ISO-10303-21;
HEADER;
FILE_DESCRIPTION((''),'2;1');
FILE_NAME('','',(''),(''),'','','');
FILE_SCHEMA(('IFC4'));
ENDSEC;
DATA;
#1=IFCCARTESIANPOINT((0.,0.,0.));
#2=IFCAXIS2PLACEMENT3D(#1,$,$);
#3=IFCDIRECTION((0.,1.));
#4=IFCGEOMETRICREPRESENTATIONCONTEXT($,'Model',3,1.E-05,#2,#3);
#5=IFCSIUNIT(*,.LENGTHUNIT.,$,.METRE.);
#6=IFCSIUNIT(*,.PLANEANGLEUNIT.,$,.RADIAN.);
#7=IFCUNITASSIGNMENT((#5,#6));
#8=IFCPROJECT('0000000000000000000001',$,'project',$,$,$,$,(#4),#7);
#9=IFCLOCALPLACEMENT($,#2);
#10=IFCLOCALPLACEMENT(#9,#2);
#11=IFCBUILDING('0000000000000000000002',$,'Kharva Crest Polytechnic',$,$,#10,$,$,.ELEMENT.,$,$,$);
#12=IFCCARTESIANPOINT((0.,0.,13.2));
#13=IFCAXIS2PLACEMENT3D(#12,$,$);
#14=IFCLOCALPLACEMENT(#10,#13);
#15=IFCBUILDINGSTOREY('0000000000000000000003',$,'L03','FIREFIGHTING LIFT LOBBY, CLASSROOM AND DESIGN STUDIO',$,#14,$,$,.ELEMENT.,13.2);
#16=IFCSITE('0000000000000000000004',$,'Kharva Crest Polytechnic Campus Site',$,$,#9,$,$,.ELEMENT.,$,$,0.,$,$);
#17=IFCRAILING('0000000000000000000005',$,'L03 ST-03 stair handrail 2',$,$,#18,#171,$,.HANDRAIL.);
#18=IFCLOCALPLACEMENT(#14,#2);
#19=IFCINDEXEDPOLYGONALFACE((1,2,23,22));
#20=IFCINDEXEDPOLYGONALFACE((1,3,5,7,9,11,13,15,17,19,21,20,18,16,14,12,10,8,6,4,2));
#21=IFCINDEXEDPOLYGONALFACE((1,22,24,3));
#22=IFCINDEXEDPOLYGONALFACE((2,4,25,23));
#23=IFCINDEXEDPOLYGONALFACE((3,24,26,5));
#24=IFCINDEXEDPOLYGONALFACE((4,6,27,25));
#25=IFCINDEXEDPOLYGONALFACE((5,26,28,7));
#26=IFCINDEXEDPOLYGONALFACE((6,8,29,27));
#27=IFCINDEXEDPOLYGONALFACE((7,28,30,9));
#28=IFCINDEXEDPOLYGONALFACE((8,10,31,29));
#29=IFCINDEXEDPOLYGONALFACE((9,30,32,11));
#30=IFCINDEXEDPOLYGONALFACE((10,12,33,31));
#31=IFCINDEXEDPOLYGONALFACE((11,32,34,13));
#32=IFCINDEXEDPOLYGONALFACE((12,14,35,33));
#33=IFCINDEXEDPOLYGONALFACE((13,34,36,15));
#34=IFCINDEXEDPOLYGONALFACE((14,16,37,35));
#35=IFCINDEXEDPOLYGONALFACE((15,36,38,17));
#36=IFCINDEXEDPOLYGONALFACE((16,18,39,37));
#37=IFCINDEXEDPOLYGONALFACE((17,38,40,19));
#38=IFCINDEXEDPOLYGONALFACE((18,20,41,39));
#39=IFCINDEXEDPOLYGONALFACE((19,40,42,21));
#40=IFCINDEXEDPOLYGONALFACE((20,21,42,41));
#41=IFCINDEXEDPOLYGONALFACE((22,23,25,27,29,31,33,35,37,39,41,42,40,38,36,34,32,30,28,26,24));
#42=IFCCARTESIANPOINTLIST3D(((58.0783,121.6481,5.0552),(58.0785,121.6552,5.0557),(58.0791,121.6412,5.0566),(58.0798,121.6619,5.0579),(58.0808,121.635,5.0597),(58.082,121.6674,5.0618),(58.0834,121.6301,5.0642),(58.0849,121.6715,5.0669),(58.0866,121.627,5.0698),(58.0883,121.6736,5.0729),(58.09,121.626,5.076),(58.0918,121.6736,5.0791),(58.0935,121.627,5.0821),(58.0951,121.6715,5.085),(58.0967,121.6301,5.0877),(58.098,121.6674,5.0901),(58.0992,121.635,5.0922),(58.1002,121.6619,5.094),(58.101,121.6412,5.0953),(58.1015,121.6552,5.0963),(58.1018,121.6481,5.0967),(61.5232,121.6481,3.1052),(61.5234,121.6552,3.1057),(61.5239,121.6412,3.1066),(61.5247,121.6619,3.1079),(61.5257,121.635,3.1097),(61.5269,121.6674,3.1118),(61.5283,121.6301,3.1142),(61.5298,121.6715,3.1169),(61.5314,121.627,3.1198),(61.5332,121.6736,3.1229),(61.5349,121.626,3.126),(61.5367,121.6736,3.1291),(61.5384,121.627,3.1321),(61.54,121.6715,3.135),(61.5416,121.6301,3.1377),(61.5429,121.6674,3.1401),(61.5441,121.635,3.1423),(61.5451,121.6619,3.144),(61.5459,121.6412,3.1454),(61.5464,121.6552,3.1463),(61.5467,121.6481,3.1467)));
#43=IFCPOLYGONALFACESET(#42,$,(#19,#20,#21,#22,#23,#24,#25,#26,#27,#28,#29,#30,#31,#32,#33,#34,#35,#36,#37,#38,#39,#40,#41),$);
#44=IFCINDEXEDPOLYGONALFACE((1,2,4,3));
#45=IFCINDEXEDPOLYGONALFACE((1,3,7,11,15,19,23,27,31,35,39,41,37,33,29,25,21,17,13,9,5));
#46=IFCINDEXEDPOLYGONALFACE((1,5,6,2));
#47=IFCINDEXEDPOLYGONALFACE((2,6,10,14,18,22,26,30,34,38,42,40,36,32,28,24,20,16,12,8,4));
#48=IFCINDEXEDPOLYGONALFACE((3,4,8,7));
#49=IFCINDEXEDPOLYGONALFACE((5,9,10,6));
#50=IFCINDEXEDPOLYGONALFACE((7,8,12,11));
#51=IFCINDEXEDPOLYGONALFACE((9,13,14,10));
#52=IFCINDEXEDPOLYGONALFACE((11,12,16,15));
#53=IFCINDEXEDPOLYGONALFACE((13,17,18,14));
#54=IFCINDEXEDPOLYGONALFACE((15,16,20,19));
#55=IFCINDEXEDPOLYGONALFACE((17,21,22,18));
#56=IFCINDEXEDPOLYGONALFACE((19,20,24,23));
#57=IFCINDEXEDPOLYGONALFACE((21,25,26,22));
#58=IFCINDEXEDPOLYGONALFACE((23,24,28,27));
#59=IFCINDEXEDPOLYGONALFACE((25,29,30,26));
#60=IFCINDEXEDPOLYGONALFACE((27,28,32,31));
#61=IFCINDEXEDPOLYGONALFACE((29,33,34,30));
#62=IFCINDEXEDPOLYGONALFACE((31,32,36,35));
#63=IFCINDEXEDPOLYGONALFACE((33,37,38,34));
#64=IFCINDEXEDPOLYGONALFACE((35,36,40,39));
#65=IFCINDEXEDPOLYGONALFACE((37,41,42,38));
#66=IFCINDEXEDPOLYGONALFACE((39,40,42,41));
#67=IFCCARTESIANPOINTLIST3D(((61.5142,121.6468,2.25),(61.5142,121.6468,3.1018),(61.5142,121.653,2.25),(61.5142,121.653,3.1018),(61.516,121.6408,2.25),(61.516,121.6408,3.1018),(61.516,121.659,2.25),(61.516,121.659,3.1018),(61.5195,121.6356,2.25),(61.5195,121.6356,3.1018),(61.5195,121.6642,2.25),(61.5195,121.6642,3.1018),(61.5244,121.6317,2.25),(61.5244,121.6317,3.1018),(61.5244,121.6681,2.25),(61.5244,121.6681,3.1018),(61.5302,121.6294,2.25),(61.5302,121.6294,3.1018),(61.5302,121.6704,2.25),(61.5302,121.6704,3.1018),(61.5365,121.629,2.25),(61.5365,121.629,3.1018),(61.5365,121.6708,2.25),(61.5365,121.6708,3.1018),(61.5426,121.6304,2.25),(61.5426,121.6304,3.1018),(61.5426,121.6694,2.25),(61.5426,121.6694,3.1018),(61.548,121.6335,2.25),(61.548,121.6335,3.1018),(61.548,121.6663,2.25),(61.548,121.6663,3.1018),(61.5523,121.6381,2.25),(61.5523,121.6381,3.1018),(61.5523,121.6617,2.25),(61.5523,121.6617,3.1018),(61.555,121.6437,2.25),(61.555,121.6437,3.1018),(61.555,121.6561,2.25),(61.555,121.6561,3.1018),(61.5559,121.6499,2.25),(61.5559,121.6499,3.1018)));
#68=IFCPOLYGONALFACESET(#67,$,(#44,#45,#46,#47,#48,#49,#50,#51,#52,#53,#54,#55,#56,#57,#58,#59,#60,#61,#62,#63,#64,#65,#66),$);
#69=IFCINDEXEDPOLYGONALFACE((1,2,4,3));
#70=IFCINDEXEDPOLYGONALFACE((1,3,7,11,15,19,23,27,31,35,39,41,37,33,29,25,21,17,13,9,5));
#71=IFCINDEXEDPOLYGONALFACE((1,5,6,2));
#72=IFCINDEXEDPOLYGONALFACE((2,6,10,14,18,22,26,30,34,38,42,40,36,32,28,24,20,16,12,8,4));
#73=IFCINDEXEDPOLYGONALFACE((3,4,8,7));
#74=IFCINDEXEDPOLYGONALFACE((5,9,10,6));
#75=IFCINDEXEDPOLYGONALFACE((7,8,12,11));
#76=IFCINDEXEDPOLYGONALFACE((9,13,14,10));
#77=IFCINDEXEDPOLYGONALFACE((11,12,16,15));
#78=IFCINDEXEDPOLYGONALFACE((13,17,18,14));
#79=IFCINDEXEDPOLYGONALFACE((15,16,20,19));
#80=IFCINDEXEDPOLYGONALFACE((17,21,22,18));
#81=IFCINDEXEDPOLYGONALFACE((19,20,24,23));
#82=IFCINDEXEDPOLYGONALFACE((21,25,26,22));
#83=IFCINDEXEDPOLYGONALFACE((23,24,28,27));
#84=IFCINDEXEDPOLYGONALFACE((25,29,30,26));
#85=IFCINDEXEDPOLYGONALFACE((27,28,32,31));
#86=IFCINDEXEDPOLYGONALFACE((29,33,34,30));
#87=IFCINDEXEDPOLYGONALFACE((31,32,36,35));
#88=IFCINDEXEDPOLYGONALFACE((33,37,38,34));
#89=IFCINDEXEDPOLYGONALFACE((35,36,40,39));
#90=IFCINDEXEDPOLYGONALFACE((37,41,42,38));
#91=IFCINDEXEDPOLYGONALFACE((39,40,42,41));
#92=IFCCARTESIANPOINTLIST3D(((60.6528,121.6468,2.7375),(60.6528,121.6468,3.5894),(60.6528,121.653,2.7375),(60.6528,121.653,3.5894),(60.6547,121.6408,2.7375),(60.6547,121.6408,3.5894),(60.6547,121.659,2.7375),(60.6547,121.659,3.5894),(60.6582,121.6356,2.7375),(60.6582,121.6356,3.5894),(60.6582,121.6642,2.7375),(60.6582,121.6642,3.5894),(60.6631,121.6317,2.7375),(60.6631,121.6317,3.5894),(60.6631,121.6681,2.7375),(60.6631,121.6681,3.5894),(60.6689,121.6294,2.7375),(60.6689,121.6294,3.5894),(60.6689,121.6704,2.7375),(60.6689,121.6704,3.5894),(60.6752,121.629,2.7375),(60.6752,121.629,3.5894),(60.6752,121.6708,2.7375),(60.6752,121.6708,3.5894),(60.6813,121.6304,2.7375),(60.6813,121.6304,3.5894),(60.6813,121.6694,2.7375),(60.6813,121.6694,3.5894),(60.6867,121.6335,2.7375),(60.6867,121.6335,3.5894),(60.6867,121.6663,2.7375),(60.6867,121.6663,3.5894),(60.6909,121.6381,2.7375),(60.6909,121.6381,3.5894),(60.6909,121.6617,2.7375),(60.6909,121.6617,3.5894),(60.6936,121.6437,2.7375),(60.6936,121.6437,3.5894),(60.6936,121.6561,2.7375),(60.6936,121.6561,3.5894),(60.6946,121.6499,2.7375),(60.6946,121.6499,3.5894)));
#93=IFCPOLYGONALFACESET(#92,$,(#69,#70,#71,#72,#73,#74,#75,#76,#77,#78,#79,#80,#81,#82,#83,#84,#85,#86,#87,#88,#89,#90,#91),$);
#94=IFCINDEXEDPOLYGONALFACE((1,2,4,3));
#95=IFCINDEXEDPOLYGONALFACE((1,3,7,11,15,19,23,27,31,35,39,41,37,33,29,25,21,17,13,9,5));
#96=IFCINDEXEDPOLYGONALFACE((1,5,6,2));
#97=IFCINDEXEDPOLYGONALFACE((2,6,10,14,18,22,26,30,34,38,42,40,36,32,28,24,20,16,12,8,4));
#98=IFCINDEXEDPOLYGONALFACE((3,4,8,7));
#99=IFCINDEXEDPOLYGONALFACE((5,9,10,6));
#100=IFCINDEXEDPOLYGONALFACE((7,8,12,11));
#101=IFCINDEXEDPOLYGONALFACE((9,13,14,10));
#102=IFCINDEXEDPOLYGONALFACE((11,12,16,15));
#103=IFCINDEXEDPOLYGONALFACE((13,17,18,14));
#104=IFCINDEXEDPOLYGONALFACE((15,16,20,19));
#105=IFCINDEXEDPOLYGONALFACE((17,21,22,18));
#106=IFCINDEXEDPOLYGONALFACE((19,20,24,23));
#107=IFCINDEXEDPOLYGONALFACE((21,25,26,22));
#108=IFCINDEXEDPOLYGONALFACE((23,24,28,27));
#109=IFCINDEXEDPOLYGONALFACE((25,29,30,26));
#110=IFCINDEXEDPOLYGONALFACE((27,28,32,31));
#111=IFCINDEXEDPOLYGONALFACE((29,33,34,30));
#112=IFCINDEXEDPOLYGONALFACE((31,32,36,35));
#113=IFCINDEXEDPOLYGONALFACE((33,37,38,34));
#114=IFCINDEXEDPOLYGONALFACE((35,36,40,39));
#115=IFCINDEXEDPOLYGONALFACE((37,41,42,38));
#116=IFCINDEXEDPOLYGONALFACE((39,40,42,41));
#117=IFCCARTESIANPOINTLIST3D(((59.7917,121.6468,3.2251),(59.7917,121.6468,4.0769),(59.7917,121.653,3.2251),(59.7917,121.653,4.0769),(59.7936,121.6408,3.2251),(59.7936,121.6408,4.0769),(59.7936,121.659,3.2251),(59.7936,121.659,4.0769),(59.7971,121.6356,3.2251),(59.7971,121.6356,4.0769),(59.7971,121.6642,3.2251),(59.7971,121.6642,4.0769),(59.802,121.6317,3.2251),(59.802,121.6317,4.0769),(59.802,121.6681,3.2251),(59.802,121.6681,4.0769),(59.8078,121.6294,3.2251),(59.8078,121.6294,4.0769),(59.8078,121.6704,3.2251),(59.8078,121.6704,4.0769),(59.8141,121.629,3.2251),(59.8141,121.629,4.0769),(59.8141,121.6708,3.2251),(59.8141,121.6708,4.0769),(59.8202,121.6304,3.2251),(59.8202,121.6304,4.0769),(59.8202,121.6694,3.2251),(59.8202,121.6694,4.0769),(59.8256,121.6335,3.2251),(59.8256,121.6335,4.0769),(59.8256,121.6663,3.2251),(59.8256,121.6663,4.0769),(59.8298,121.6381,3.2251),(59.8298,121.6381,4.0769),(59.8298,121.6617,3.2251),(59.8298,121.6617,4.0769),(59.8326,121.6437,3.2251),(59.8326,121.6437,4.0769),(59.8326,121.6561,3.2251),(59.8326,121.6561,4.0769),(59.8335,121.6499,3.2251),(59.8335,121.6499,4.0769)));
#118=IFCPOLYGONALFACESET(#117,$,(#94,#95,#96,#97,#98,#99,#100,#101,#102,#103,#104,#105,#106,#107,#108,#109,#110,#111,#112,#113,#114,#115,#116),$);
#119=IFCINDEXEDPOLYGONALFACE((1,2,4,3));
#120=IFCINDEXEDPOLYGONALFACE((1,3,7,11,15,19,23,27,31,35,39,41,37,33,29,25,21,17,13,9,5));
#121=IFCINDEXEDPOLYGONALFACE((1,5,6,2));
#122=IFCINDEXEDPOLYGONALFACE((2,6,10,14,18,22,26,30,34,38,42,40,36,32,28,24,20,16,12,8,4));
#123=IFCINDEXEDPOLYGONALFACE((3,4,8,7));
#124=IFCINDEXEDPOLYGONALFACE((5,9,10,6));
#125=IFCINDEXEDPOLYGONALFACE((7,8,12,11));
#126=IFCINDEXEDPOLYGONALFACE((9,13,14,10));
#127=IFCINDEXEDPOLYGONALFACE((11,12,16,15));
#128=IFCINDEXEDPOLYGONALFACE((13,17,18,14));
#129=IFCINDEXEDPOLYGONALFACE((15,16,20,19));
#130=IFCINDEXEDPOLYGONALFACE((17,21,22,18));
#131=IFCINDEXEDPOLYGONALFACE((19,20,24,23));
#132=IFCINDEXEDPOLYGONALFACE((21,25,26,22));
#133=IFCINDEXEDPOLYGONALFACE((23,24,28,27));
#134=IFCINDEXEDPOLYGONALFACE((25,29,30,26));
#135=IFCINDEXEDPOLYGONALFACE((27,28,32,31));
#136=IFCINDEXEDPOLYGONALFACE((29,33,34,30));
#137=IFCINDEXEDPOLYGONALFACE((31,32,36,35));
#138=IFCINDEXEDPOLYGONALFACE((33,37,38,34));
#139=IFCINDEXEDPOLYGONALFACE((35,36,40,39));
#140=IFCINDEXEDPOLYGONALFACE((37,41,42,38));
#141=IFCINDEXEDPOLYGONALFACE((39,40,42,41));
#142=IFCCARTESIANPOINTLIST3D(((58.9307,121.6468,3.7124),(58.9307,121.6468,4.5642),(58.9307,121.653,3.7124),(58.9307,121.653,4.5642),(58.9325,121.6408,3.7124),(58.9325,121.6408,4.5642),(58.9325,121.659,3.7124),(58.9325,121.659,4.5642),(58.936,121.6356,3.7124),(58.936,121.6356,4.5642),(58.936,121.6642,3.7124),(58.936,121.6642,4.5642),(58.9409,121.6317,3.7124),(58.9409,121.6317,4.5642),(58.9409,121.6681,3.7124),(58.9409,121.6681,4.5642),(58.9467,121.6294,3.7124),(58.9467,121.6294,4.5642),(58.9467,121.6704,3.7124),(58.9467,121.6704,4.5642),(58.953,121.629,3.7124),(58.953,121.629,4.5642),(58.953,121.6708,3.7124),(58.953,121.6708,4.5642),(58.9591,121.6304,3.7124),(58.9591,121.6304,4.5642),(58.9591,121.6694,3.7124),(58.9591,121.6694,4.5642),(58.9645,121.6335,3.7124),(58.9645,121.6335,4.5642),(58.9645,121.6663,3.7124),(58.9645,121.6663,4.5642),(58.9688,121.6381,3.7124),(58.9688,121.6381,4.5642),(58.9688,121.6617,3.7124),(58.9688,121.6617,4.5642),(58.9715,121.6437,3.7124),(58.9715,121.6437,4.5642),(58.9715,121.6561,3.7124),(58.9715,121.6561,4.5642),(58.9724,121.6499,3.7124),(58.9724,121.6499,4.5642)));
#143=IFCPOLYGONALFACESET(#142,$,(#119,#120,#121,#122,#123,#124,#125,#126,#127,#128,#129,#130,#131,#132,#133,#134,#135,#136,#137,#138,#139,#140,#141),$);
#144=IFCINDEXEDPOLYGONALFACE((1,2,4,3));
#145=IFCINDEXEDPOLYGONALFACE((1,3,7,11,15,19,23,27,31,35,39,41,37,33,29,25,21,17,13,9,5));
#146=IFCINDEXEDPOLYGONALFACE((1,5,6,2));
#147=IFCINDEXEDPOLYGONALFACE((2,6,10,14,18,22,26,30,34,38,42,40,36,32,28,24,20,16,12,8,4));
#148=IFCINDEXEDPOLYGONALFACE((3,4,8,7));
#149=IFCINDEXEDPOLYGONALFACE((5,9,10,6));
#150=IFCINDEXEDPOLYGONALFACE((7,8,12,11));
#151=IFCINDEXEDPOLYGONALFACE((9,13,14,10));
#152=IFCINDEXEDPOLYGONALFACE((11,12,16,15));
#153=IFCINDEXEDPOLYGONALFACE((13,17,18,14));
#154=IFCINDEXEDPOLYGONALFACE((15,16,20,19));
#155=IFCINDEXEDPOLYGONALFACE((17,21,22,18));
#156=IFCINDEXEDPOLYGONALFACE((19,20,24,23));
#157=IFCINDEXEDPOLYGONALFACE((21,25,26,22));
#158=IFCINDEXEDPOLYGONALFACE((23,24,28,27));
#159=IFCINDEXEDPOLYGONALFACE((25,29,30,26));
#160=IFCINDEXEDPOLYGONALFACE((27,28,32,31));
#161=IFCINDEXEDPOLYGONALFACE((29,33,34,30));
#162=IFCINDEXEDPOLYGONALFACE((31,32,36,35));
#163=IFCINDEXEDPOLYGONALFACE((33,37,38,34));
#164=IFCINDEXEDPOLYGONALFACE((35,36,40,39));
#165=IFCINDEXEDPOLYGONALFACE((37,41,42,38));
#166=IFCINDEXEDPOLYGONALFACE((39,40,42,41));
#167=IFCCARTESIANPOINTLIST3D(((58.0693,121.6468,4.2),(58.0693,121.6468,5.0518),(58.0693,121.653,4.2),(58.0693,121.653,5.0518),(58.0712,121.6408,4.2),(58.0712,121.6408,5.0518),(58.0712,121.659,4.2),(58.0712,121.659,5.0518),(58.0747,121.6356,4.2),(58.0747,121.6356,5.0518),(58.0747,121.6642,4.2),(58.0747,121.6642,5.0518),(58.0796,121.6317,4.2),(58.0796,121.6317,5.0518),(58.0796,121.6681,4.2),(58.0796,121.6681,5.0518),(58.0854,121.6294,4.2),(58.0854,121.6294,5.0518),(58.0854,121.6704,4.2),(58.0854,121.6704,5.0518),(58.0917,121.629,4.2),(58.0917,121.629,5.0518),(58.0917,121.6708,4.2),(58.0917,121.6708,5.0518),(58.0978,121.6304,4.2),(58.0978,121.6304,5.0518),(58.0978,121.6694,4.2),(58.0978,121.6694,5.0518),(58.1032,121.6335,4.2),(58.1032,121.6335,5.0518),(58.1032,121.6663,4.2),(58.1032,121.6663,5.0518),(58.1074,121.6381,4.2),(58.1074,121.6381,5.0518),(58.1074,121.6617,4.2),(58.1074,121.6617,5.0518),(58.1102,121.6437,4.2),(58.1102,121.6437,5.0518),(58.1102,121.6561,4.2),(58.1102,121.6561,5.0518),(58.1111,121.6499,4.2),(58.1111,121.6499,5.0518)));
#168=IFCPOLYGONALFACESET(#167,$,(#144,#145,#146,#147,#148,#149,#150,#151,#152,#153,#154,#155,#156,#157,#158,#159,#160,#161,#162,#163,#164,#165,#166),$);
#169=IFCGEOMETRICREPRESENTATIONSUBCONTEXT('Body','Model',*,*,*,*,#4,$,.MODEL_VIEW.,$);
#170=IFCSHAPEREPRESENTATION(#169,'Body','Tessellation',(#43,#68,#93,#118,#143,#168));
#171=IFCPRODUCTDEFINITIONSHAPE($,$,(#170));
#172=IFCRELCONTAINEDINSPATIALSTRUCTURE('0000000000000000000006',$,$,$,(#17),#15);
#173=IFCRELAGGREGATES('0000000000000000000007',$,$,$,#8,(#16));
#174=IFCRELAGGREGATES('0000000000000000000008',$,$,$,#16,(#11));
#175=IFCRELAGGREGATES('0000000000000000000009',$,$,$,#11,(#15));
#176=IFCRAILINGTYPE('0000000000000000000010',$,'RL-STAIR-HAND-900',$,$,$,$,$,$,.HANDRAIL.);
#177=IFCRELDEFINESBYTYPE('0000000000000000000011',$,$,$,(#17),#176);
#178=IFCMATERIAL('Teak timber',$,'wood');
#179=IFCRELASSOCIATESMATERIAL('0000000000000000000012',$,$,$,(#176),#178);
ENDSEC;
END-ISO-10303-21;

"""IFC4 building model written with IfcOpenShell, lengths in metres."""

from ifc_helpers import new_model, si_unit, direction, frame, origin, origin_2d, place, context, subcontext, project, spatial, circle, extrude, material, type_object, element, save


model = new_model("IFC4")

# Units and contexts
model_context = context("Model", 3, precision=1e-05, world=origin(), true_north=direction((0.0, 1.0)))
body_context = subcontext(model_context, "Body", "Model", "MODEL_VIEW")
ifc_project = project(units=[si_unit("LENGTHUNIT", "METRE"), si_unit("PLANEANGLEUNIT", "RADIAN")], contexts=[model_context])

# Site, building, storey
site_placement = place(None, origin())
site = spatial("IfcSite", under=ifc_project, at=site_placement, Name="Kharva Crest Polytechnic Campus Site", CompositionType="ELEMENT", RefElevation=0.0)
building_placement = place(site_placement, origin())
building = spatial("IfcBuilding", under=site, at=building_placement, Name="Kharva Crest Polytechnic", CompositionType="ELEMENT")
storey_placement = place(building_placement, frame((0.0, 0.0, 13.2)))
storey = spatial("IfcBuildingStorey", under=building, at=storey_placement, Name="L03", Description="FIREFIGHTING LIFT LOBBY, CLASSROOM AND DESIGN STUDIO", CompositionType="ELEMENT", Elevation=13.2)

# Railing
ifc_material_1 = material(Name="Teak timber", Category="wood")
railing_type_1 = type_object("IfcRailingType", Name="RL-STAIR-HAND-900", PredefinedType="HANDRAIL", material=ifc_material_1)
railing_1_placement = place(storey_placement, frame((61.5349, 121.6499, 2.25)))
element("IfcRailing", 1, at=railing_1_placement, inside=storey, type_object=railing_type_1, Name="L03 ST-03 stair handrail 2", PredefinedType="HANDRAIL", context=body_context, shape_type="SweptSolid", body=[
    extrude(circle(Radius=0.0239, at=origin_2d()), frame((0.0, 0.0, 0.876), z_axis=(-0.870251, 0.0, 0.492608), x_axis=(0.0, -1.0, 0.0)), (0.0, 0.0, 1.0), 3.9585),
    extrude(circle(Radius=0.021, at=origin_2d()), origin(), (0.0, 0.0, 1.0), 0.8518),
    extrude(circle(Radius=0.021, at=origin_2d()), frame((-0.8613, 0.0, 0.4875)), (0.0, 0.0, 1.0), 0.8518),
    extrude(circle(Radius=0.021, at=origin_2d()), frame((-1.7224, 0.0, 0.9751)), (0.0, 0.0, 1.0), 0.8518),
    extrude(circle(Radius=0.021, at=origin_2d()), frame((-2.5835, 0.0, 1.4624)), (0.0, 0.0, 1.0), 0.8518),
    extrude(circle(Radius=0.021, at=origin_2d()), frame((-3.4448, 0.0, 1.95)), (0.0, 0.0, 1.0), 0.8518),
])

save(model, "model.ifc")
